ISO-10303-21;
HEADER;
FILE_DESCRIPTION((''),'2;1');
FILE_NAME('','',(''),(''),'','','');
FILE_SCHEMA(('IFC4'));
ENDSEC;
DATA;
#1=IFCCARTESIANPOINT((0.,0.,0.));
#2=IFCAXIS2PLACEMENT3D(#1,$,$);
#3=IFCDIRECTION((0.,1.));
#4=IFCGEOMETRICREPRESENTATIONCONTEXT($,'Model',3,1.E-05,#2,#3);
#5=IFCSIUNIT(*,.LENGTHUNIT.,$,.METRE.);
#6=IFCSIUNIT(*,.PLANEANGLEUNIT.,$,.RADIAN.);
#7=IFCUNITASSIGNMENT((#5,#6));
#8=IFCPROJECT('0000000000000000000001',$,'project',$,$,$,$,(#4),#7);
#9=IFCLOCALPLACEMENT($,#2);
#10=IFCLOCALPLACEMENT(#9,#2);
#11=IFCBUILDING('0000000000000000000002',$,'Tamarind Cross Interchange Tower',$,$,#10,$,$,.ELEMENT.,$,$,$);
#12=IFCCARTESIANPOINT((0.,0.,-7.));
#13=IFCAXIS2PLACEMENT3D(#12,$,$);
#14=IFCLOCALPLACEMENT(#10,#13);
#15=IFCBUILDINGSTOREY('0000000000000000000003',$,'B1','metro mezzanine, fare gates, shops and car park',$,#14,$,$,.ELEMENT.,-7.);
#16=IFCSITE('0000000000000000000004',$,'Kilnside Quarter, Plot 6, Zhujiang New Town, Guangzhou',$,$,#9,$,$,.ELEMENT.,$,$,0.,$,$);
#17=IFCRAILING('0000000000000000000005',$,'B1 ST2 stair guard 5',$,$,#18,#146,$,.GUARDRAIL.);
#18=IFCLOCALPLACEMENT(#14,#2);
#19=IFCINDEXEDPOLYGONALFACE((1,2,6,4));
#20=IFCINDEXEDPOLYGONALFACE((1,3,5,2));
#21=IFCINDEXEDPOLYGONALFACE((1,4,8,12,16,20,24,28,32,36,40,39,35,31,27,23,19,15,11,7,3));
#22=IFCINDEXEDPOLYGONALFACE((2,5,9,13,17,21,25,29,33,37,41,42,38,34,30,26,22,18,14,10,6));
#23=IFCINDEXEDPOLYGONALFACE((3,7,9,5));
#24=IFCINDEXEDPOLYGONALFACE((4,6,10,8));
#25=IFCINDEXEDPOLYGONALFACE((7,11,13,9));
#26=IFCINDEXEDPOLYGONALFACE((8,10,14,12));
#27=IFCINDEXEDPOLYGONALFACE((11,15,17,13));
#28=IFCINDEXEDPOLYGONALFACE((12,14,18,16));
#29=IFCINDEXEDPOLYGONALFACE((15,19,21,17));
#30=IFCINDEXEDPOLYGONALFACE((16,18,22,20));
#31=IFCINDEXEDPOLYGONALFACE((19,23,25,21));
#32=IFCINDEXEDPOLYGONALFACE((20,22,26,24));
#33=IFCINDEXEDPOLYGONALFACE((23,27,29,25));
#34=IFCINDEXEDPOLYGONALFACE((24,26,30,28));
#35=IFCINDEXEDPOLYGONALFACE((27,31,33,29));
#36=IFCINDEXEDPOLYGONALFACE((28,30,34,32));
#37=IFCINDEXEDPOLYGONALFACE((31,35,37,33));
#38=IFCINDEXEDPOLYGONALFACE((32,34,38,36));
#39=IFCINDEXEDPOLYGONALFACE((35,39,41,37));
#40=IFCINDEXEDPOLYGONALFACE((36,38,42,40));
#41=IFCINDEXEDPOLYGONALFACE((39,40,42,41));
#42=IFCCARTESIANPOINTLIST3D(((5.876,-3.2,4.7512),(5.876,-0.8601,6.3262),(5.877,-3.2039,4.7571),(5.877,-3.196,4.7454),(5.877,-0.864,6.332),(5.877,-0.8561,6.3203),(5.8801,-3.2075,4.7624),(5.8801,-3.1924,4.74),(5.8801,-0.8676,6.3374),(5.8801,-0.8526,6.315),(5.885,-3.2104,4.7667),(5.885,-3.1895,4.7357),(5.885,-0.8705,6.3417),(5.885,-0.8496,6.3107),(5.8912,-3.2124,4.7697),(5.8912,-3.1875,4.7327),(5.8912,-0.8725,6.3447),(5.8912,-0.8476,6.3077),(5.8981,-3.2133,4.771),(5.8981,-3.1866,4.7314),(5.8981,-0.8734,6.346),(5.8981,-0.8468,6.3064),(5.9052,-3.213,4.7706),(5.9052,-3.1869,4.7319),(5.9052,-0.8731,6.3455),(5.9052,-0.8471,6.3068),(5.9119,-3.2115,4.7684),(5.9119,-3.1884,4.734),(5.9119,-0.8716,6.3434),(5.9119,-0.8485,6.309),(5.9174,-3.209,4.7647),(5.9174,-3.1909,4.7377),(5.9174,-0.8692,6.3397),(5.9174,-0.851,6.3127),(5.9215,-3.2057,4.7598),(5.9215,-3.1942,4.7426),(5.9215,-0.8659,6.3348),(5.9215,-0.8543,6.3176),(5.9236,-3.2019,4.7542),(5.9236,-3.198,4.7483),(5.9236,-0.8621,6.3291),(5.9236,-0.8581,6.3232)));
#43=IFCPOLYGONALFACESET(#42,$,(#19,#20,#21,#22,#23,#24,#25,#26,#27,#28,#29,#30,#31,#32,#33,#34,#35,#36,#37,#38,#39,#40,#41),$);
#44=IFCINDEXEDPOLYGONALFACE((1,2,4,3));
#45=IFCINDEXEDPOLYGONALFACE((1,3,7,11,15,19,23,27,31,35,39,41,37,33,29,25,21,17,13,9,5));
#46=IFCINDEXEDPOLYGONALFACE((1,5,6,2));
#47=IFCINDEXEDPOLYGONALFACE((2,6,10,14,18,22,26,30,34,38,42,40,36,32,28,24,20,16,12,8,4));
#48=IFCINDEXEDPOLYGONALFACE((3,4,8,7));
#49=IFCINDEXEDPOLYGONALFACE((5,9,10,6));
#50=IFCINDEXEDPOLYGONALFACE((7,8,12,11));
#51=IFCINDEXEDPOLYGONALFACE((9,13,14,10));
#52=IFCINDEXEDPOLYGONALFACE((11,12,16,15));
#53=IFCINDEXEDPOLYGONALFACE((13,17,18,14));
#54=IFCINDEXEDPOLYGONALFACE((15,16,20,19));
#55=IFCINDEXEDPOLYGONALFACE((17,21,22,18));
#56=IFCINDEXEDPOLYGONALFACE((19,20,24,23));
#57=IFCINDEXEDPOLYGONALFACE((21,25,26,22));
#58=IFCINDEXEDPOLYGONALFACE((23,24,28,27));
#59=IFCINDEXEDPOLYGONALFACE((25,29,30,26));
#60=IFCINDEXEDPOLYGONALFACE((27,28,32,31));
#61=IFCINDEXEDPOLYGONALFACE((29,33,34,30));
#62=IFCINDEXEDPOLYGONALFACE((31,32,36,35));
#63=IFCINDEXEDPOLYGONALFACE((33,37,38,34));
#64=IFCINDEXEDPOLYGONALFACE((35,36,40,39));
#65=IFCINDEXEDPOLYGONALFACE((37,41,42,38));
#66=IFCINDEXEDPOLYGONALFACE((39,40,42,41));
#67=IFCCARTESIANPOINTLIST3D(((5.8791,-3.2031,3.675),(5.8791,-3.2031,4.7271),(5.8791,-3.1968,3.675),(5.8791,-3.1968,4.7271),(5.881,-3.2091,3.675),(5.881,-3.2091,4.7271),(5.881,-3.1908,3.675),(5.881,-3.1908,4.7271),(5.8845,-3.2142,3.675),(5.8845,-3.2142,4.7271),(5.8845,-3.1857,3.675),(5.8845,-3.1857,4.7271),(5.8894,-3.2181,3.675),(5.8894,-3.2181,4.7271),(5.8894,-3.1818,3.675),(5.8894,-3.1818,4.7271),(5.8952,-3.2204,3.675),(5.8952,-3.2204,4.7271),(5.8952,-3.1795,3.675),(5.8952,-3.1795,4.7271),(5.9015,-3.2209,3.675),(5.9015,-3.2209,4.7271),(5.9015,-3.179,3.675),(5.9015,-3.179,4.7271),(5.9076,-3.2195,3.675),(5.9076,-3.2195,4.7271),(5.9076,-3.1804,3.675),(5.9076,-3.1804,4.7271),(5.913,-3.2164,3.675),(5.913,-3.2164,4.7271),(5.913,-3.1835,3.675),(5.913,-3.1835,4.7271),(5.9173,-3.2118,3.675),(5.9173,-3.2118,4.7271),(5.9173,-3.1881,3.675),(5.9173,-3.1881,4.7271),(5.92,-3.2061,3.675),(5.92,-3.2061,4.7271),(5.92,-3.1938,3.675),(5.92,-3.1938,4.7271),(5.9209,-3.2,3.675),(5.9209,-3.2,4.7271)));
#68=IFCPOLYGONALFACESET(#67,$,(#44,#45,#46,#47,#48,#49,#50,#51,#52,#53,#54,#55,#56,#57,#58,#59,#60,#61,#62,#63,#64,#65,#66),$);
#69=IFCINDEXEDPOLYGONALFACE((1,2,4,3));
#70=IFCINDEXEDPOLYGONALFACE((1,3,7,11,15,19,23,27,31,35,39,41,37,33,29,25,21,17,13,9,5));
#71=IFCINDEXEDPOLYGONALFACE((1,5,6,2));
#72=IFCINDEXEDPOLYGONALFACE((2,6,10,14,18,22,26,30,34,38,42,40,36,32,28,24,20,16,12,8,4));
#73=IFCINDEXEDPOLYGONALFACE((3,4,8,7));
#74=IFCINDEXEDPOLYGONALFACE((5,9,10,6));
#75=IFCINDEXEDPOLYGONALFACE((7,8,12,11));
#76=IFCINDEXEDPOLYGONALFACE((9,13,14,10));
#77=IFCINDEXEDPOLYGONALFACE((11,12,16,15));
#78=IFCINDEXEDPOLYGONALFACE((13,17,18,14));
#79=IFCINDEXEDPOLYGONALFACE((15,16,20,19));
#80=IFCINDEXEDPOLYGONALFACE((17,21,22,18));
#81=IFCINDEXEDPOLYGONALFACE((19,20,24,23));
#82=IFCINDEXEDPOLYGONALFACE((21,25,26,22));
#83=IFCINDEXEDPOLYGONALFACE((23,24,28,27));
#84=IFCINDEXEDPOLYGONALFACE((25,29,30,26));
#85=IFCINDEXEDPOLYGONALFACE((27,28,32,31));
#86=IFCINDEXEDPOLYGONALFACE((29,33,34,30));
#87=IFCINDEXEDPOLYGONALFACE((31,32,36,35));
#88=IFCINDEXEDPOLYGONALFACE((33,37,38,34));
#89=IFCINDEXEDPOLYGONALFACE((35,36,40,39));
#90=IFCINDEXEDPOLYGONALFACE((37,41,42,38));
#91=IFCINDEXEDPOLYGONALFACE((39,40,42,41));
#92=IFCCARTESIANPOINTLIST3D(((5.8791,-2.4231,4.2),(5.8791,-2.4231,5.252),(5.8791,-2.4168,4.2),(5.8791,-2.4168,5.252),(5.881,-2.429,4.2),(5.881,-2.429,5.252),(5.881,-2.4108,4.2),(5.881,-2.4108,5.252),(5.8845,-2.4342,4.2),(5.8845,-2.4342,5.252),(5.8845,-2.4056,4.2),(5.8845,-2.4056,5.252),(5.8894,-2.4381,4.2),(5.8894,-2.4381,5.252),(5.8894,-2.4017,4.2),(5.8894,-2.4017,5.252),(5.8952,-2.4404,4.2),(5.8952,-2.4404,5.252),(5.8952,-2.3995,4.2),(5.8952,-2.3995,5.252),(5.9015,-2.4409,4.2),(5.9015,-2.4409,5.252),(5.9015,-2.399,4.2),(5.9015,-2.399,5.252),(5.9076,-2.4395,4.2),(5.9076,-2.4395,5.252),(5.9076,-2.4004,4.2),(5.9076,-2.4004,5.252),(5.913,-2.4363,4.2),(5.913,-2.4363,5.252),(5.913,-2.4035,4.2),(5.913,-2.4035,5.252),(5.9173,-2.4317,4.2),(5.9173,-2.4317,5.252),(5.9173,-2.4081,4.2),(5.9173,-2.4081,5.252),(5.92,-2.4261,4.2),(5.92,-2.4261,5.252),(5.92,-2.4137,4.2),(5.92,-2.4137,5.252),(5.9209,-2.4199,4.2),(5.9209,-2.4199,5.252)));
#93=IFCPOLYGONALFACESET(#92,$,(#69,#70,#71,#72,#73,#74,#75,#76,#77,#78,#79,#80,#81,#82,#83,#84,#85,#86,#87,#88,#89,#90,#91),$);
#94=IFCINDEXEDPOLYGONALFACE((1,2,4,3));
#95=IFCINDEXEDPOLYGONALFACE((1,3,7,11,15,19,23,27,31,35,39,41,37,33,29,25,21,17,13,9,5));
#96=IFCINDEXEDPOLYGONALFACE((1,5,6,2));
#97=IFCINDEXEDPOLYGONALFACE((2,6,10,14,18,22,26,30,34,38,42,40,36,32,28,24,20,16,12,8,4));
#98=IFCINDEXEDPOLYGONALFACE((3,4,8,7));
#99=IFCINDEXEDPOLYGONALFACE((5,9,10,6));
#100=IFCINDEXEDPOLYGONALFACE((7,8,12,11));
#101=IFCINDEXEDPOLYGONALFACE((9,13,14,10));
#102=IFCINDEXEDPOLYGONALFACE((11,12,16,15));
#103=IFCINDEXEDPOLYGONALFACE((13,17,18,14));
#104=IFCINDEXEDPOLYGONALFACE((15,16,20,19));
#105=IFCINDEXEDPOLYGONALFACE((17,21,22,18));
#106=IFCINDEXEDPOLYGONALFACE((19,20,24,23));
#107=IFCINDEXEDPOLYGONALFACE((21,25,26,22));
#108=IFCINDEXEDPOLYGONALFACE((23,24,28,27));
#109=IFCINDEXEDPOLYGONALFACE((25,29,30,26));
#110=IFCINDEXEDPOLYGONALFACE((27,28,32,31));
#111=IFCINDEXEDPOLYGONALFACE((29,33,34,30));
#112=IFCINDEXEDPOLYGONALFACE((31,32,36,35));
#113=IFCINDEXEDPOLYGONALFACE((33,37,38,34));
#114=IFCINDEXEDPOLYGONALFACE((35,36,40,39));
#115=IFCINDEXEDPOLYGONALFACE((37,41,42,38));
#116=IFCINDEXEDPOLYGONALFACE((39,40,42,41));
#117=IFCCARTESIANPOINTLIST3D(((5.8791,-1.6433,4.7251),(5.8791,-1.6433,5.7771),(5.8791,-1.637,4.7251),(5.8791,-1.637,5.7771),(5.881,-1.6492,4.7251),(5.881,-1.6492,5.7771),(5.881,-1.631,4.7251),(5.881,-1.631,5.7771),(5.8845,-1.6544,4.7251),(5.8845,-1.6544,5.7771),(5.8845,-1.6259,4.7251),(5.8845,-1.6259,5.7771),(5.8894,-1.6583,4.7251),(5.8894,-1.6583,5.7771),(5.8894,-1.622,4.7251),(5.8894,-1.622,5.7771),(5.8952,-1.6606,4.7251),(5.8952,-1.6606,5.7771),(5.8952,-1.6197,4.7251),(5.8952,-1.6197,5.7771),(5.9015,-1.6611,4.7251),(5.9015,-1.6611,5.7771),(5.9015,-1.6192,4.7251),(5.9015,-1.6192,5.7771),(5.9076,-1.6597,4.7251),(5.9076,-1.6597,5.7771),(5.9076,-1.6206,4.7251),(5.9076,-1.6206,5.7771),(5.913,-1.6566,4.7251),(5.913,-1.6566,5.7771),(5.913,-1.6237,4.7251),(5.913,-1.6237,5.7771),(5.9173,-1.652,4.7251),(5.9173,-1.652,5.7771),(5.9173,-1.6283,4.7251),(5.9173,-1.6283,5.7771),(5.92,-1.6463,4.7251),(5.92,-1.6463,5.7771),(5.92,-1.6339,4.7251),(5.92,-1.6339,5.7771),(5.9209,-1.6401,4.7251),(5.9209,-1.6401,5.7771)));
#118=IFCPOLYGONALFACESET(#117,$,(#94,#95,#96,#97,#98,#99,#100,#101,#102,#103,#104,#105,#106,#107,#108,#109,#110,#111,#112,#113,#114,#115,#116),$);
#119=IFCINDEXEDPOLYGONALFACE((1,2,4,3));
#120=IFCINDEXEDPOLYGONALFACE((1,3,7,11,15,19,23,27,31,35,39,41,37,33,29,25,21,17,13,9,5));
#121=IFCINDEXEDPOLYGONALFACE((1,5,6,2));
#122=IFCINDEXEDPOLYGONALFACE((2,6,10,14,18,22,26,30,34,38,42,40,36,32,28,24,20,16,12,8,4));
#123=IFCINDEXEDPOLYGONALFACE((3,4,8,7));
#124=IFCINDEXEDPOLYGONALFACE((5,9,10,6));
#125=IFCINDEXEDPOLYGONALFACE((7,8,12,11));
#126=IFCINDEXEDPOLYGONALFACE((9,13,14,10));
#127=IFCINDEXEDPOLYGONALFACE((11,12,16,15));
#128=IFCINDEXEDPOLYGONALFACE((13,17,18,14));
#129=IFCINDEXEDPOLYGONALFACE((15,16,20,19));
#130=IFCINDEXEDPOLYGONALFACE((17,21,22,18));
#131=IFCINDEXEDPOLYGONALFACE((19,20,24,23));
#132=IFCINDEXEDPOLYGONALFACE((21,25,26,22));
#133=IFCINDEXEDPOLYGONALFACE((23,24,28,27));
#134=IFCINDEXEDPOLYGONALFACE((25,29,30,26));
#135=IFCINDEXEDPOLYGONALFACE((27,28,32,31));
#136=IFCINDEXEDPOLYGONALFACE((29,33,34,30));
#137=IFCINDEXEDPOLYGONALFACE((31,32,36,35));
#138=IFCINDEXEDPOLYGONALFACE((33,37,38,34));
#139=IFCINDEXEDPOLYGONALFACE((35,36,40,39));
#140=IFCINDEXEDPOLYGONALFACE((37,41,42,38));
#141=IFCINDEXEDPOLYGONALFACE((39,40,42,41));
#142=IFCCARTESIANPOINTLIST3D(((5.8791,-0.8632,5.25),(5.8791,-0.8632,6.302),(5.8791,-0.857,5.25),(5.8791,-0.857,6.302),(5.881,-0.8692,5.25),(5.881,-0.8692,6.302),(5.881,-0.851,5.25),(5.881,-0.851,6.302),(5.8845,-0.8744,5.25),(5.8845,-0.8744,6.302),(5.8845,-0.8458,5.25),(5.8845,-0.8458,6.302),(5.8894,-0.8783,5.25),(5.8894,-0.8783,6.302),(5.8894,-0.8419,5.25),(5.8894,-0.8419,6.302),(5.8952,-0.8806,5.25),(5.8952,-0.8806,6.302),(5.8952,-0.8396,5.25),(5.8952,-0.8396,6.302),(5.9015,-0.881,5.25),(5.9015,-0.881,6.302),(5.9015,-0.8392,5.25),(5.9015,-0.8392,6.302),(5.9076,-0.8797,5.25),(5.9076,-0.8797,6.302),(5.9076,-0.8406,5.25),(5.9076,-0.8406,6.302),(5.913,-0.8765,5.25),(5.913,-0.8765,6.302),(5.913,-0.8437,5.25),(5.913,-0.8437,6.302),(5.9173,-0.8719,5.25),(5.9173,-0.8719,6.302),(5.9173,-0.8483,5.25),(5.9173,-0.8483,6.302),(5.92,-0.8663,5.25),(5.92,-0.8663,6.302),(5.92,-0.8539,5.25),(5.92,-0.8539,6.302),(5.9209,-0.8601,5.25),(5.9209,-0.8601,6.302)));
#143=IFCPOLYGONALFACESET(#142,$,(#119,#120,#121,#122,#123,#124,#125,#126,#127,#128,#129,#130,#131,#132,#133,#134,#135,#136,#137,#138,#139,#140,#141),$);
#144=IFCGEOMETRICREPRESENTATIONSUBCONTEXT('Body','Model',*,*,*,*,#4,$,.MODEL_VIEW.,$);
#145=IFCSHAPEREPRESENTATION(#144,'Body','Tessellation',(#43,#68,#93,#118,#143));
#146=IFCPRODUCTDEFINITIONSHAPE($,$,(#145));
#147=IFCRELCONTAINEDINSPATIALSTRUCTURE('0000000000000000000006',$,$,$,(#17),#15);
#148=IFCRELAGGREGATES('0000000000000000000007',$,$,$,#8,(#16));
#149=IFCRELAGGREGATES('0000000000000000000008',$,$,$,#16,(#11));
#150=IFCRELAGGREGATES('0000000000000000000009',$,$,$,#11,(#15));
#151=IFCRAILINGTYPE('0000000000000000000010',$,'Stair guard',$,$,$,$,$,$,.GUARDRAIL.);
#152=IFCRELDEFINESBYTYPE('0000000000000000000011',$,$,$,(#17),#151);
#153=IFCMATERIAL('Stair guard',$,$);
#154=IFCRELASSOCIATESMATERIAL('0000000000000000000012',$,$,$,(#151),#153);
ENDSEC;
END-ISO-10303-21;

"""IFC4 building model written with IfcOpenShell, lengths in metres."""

from ifc_helpers import new_model, si_unit, direction, frame, origin, origin_2d, place, context, subcontext, project, spatial, circle, extrude, material, type_object, element, save


model = new_model("IFC4")

# Units and contexts
model_context = context("Model", 3, precision=1e-05, world=origin(), true_north=direction((0.0, 1.0)))
body_context = subcontext(model_context, "Body", "Model", "MODEL_VIEW")
ifc_project = project(units=[si_unit("LENGTHUNIT", "METRE"), si_unit("PLANEANGLEUNIT", "RADIAN")], contexts=[model_context])

# Site, building, storey
site_placement = place(None, origin())
site = spatial("IfcSite", under=ifc_project, at=site_placement, Name="Kilnside Quarter, Plot 6, Zhujiang New Town, Guangzhou", CompositionType="ELEMENT", RefElevation=0.0)
building_placement = place(site_placement, origin())
building = spatial("IfcBuilding", under=site, at=building_placement, Name="Tamarind Cross Interchange Tower", CompositionType="ELEMENT")
storey_placement = place(building_placement, frame((0.0, 0.0, -7.0)))
storey = spatial("IfcBuildingStorey", under=building, at=storey_placement, Name="B1", Description="metro mezzanine, fare gates, shops and car park", CompositionType="ELEMENT", Elevation=-7.0)

# Railing
ifc_material_1 = material(Name="Stair guard")
railing_type_1 = type_object("IfcRailingType", Name="Stair guard", PredefinedType="GUARDRAIL", material=ifc_material_1)
railing_1_placement = place(storey_placement, frame((5.8999, -3.2, 3.675)))
element("IfcRailing", 1, at=railing_1_placement, inside=storey, type_object=railing_type_1, Name="B1 ST2 stair guard 5", PredefinedType="GUARDRAIL", context=body_context, shape_type="SweptSolid", body=[
    extrude(circle(Radius=0.0239, at=origin_2d()), frame((0.0, 0.0, 1.0762), z_axis=(0.0, 0.829578, 0.55839), x_axis=(-1.0, 0.0, 0.0)), (0.0, 0.0, 1.0), 2.8206),
    extrude(circle(Radius=0.021, at=origin_2d()), origin(), (0.0, 0.0, 1.0), 1.052),
    extrude(circle(Radius=0.021, at=origin_2d()), frame((0.0, 0.78, 0.5249)), (0.0, 0.0, 1.0), 1.052),
    extrude(circle(Radius=0.021, at=origin_2d()), frame((0.0, 1.5598, 1.05)), (0.0, 0.0, 1.0), 1.052),
    extrude(circle(Radius=0.021, at=origin_2d()), frame((0.0, 2.3398, 1.575)), (0.0, 0.0, 1.0), 1.052),
])

save(model, "model.ifc")
